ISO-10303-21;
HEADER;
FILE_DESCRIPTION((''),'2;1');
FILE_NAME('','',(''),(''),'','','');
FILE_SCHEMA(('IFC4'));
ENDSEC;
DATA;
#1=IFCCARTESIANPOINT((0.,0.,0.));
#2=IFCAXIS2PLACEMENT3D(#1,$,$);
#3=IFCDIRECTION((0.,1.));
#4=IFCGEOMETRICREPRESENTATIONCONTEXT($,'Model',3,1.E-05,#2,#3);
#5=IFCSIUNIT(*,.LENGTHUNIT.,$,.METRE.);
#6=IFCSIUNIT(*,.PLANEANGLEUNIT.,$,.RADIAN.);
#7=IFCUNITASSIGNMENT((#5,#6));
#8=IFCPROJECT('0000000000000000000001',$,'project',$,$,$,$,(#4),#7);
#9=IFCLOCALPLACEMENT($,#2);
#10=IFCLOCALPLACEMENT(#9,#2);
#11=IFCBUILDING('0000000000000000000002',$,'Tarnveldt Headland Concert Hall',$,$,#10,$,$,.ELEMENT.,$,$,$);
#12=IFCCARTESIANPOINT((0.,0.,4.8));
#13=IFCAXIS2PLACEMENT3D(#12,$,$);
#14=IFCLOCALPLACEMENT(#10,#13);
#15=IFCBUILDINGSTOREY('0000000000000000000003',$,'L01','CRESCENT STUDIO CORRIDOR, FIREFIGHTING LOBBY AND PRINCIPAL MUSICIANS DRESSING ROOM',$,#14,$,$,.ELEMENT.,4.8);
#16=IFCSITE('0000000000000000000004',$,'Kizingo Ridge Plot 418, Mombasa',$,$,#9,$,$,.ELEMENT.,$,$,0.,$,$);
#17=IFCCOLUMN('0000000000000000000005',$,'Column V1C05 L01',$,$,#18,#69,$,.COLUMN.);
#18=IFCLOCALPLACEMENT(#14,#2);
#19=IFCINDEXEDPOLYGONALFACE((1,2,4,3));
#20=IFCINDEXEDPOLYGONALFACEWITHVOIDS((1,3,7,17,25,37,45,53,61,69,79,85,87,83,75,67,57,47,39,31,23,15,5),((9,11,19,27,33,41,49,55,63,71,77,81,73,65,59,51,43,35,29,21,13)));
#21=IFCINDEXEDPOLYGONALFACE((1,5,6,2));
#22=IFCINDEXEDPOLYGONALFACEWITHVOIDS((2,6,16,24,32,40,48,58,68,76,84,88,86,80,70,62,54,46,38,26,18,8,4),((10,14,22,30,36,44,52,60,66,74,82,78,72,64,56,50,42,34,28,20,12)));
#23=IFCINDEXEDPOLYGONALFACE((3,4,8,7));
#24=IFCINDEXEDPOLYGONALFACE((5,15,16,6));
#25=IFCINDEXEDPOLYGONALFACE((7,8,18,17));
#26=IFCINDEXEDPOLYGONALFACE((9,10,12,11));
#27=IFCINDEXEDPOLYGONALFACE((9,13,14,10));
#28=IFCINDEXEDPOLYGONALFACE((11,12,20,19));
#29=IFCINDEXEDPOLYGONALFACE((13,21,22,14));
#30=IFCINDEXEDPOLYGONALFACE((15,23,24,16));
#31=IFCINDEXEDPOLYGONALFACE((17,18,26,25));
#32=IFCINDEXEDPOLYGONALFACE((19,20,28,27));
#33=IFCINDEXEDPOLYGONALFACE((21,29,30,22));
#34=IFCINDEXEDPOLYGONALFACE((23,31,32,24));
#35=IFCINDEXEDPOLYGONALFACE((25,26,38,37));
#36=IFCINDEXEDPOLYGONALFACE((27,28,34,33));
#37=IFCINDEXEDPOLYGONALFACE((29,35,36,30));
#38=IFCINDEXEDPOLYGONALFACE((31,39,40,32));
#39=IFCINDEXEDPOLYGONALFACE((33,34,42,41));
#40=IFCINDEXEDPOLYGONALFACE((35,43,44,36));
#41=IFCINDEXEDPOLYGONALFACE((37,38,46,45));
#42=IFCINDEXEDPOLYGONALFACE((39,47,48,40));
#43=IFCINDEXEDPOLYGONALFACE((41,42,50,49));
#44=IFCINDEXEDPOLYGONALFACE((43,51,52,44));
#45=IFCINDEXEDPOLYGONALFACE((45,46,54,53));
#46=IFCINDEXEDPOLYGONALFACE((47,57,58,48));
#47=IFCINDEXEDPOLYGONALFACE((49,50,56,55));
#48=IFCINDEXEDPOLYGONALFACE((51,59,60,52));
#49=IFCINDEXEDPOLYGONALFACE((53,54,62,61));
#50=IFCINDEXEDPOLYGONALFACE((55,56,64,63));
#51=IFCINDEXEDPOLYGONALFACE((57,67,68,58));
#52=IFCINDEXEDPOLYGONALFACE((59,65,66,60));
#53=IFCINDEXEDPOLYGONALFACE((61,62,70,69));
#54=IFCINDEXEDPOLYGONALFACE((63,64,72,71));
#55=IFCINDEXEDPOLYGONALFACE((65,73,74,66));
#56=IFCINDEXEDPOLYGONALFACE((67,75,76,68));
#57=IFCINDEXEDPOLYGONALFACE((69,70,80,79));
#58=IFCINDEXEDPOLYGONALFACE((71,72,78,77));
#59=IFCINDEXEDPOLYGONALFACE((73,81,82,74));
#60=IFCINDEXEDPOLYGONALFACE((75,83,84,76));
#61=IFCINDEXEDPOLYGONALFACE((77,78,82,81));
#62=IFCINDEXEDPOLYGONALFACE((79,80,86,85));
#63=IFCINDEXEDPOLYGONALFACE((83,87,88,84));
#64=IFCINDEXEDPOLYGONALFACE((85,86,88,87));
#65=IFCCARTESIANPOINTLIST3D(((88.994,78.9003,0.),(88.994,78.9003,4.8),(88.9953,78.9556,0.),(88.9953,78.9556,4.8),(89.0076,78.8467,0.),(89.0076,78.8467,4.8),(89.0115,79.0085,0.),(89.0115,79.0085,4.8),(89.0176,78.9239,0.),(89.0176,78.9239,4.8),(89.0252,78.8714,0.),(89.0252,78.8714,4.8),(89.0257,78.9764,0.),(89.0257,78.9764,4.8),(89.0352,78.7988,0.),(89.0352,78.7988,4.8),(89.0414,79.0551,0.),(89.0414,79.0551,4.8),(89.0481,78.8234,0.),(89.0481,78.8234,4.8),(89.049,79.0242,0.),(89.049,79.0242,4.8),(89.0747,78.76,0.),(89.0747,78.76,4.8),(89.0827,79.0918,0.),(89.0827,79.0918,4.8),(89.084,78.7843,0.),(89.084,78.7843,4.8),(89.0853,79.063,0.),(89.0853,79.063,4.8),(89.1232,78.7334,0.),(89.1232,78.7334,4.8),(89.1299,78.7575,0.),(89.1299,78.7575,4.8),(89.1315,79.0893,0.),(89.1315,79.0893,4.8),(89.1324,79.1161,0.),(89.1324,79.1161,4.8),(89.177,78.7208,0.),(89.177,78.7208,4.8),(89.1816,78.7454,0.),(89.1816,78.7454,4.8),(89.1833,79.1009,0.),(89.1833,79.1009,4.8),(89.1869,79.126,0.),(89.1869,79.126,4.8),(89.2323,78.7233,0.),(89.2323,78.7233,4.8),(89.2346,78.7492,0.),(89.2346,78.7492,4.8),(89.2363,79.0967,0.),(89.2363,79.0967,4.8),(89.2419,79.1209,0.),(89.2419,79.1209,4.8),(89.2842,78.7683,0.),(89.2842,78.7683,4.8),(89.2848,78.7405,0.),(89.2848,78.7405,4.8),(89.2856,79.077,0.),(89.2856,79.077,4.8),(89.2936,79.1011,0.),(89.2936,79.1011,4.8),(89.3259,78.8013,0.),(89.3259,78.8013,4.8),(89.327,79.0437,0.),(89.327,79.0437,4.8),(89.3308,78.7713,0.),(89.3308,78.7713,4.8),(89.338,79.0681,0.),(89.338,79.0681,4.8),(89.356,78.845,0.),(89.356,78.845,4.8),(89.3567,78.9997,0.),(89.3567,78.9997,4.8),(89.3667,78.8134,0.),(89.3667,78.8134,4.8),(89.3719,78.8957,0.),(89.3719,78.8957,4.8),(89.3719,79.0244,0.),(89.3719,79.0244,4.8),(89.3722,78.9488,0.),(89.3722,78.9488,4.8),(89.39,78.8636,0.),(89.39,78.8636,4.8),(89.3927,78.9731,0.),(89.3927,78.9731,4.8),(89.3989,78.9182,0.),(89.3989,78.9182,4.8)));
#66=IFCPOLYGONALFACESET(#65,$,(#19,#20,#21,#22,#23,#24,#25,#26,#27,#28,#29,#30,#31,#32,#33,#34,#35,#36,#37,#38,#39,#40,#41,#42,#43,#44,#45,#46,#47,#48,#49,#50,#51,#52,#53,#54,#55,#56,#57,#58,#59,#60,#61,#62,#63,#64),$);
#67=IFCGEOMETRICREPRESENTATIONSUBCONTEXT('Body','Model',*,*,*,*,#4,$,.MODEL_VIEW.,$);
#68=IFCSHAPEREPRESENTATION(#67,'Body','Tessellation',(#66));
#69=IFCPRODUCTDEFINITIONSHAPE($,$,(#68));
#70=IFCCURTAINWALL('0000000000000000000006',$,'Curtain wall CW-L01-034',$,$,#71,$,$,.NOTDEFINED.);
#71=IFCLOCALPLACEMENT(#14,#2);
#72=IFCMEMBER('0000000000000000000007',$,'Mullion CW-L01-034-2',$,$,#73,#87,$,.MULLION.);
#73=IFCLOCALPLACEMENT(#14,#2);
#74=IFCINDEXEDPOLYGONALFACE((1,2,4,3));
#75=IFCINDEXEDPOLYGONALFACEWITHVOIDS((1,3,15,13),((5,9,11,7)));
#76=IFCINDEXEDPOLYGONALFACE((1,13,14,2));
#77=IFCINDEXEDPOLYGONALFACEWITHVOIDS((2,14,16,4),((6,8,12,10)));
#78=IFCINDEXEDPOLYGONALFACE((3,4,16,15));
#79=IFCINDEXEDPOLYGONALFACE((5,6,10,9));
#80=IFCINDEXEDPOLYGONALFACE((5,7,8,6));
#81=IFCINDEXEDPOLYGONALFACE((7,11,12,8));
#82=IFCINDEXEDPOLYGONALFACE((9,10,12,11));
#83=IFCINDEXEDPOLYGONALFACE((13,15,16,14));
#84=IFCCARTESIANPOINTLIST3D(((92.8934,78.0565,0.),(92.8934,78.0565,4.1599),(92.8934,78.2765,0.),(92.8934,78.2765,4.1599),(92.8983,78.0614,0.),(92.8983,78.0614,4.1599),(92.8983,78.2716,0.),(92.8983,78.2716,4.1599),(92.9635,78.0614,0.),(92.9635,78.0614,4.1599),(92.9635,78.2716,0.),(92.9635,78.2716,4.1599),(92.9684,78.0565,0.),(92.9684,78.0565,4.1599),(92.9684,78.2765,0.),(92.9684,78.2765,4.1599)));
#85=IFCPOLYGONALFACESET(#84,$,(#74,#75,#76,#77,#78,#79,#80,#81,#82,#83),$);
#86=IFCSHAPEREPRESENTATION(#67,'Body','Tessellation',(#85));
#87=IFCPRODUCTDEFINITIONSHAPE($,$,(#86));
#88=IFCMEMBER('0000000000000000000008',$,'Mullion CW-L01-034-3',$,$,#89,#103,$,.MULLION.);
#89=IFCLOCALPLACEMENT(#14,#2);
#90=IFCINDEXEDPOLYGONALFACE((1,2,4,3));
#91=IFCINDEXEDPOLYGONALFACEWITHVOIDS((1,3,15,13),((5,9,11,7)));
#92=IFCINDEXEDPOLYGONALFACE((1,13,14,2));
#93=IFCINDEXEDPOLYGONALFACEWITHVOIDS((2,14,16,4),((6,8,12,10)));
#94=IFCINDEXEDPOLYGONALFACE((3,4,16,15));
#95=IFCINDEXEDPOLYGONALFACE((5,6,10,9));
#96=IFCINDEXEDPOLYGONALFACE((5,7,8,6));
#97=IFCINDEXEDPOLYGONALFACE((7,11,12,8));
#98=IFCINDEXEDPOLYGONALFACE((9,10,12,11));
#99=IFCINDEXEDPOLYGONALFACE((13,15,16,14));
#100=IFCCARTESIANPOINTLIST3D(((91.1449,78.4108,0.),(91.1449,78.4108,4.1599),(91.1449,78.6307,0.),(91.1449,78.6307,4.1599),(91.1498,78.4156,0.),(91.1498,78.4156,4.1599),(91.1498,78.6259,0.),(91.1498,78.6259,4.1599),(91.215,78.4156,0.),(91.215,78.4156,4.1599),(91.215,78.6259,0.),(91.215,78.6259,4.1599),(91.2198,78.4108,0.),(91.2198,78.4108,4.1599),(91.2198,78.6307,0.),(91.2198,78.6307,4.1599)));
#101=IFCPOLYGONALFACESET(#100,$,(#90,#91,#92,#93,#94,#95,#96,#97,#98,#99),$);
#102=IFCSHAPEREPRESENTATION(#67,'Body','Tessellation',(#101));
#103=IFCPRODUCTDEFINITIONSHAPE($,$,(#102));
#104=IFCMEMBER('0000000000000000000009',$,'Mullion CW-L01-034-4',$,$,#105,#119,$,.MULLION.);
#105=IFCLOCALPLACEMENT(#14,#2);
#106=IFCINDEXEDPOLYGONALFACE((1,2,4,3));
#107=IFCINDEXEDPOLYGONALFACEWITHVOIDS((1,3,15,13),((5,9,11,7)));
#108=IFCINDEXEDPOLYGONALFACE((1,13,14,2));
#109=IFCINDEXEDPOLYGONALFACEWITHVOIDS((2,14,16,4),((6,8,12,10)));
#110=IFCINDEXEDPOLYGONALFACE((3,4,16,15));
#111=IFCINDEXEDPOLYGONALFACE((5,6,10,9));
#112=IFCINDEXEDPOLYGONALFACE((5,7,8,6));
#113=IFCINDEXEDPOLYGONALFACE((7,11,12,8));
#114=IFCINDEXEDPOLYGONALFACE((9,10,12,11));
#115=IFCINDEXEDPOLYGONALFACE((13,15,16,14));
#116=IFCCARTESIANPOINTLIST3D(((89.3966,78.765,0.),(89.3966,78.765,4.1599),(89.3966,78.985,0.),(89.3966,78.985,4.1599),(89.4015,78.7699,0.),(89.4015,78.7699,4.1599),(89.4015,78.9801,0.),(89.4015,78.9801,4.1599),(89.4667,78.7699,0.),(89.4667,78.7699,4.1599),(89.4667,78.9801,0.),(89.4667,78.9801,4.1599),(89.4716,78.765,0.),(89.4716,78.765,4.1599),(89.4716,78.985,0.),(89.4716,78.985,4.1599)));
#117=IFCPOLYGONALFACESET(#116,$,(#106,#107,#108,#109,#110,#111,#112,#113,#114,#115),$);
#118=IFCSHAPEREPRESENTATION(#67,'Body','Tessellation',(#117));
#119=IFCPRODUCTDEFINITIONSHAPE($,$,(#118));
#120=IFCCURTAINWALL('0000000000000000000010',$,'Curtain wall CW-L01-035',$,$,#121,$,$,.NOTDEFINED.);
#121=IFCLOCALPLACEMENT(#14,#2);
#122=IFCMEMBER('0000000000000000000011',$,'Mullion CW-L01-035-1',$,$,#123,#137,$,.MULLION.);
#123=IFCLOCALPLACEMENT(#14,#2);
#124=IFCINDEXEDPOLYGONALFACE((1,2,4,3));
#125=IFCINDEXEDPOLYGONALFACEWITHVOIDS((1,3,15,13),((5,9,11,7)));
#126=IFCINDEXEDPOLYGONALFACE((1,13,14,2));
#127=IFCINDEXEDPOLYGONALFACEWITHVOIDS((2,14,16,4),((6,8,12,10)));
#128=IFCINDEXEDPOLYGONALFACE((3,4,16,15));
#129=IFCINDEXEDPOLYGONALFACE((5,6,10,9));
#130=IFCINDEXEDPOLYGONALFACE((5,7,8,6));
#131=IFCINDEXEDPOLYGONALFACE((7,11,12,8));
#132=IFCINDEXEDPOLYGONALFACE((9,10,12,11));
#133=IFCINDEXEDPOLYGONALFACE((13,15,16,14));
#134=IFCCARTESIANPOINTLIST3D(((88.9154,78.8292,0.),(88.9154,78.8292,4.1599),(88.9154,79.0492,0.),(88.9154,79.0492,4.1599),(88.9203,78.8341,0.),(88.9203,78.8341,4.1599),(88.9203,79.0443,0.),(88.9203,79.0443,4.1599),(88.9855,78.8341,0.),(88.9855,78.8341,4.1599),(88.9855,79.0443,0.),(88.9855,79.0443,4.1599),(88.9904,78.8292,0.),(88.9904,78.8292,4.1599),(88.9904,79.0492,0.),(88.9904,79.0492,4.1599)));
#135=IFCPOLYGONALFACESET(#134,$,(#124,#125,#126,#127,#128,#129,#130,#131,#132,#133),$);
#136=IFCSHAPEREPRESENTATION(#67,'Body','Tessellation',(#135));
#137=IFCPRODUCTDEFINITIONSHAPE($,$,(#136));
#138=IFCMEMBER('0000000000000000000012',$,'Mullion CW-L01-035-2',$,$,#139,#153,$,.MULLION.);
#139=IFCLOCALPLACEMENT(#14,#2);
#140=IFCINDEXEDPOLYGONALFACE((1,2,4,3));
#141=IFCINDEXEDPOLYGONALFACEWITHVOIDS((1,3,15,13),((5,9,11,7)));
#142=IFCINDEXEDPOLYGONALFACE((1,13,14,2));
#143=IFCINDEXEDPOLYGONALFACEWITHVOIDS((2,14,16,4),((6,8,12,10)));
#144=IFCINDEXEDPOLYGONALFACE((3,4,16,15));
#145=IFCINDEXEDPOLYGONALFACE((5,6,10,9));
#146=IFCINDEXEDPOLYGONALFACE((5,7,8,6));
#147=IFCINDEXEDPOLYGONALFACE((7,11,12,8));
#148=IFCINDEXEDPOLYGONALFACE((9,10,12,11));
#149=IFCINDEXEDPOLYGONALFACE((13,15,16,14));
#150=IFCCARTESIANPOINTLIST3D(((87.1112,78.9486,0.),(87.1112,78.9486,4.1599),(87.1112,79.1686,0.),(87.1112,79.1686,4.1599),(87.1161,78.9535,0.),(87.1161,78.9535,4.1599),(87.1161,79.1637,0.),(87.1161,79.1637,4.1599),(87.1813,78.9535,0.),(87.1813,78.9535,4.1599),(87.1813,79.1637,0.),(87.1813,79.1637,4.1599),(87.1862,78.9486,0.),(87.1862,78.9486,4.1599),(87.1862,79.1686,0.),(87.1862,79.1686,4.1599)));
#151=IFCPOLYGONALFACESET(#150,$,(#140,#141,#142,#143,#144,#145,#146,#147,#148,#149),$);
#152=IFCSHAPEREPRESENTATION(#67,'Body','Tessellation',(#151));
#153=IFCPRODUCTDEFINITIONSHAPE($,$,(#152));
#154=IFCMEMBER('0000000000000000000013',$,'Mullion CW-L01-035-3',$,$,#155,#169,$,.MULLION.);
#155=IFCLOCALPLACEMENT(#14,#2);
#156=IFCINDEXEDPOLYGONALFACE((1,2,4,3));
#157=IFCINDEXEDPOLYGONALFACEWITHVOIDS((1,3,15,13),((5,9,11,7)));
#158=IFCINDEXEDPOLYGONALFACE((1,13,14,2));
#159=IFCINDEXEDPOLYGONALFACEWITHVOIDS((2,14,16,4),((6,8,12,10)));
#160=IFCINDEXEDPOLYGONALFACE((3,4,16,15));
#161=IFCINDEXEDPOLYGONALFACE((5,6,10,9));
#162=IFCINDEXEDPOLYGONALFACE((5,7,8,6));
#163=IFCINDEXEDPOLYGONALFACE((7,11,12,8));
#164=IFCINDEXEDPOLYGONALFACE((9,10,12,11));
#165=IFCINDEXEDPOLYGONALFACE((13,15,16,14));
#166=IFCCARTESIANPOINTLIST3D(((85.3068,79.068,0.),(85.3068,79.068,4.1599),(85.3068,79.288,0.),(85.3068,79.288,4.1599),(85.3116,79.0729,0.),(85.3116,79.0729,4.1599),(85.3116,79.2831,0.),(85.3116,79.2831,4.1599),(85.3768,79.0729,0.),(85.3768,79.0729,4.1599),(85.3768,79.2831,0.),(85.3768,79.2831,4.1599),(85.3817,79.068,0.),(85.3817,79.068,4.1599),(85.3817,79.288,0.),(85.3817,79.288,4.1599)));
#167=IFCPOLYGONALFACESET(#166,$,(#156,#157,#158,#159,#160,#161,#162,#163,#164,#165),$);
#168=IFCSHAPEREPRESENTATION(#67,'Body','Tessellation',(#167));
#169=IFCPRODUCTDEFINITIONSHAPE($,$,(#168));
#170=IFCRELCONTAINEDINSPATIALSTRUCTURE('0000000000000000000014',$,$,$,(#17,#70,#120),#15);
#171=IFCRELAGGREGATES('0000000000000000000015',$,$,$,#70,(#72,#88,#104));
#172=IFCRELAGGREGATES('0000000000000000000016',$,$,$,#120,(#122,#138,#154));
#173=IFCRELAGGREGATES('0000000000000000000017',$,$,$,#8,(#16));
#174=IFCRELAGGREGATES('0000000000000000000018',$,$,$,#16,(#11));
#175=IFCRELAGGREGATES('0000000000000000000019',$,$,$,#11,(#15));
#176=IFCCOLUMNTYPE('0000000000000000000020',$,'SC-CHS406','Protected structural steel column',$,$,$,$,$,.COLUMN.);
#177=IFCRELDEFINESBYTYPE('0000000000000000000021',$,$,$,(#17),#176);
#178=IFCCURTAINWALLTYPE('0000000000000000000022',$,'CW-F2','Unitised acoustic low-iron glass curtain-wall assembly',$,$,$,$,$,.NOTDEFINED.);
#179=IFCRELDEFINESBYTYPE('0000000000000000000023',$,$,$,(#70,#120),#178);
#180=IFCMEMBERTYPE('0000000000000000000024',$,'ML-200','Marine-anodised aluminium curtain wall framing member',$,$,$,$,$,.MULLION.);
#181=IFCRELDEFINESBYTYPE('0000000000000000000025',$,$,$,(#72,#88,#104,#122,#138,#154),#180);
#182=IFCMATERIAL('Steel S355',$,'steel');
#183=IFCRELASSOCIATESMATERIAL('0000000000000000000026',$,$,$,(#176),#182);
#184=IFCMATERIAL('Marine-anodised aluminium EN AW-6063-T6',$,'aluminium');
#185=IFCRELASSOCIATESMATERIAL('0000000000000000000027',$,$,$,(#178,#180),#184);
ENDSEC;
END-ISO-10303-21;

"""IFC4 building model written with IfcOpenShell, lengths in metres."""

from ifc_helpers import new_model, si_unit, direction, frame, origin, origin_2d, place, context, subcontext, project, spatial, hollow_rectangle, hollow_circle, extrude, material, material_profile, profile_set, type_object, element, aggregate, save


model = new_model("IFC4")

# Units and contexts
model_context = context("Model", 3, precision=1e-05, world=origin(), true_north=direction((0.0, 1.0)))
body_context = subcontext(model_context, "Body", "Model", "MODEL_VIEW")
ifc_project = project(units=[si_unit("LENGTHUNIT", "METRE"), si_unit("PLANEANGLEUNIT", "RADIAN")], contexts=[model_context])

# Site, building, storey
site_placement = place(None, origin())
site = spatial("IfcSite", under=ifc_project, at=site_placement, Name="Kizingo Ridge Plot 418, Mombasa", CompositionType="ELEMENT", RefElevation=0.0)
building_placement = place(site_placement, origin())
building = spatial("IfcBuilding", under=site, at=building_placement, Name="Tarnveldt Headland Concert Hall", CompositionType="ELEMENT")
storey_placement = place(building_placement, frame((0.0, 0.0, 4.8)))
storey = spatial("IfcBuildingStorey", under=building, at=storey_placement, Name="L01", Description="CRESCENT STUDIO CORRIDOR, FIREFIGHTING LOBBY AND PRINCIPAL MUSICIANS DRESSING ROOM", CompositionType="ELEMENT", Elevation=4.8)

# Column
ifc_material_1 = material(Name="Steel S355", Category="steel")
ifc_material_profile_1 = material_profile(ifc_material_1, hollow_circle(Radius=0.2031, WallThickness=0.0249, at=origin_2d()), Name="CHS 406.4x25", Category="steel")
ifc_profile_set_1 = profile_set([ifc_material_profile_1], Name="Steel S355")
column_type = type_object("IfcColumnType", Name="SC-CHS406", Description="Protected structural steel column", PredefinedType="COLUMN", material=ifc_profile_set_1)
column_placement = place(storey_placement, frame((89.1958, 78.9231, 0.0), z_axis=(0.0, 0.0, 1.0), x_axis=(0.227161, 0.973857, 0.0)))
element("IfcColumn", 1, at=column_placement, inside=storey, type_object=column_type, Name="Column V1C05 L01", PredefinedType="COLUMN", context=body_context, shape_type="SweptSolid", body=[
    extrude(hollow_circle(Radius=0.2031, WallThickness=0.0249, at=origin_2d()), origin(), (0.0, 0.0, 1.0), 4.8),
])

# Curtain walls, members
ifc_material_2 = material(Name="Marine-anodised aluminium EN AW-6063-T6", Category="aluminium")
curtain_wall_type = type_object("IfcCurtainWallType", Name="CW-F2", Description="Unitised acoustic low-iron glass curtain-wall assembly", PredefinedType="NOTDEFINED", material=ifc_material_2)
curtain_wall_1_placement = place(storey_placement, origin())
curtain_wall_1 = element("IfcCurtainWall", 2, at=curtain_wall_1_placement, inside=storey, type_object=curtain_wall_type, Name="Curtain wall CW-L01-034", PredefinedType="NOTDEFINED")
ifc_material_profile_2 = material_profile(ifc_material_2, hollow_rectangle(XDim=0.075, YDim=0.22, WallThickness=0.0049, at=origin_2d()), Name="ALU MULLION 75x220x5", Category="aluminium")
ifc_profile_set_2 = profile_set([ifc_material_profile_2], Name="Marine-anodised aluminium EN AW-6063-T6")
member_type_1 = type_object("IfcMemberType", Name="ML-200", Description="Marine-anodised aluminium curtain wall framing member", PredefinedType="MULLION", material=ifc_profile_set_2)
member_1_placement = place(storey_placement, frame((92.9309, 78.1665, 0.0), z_axis=(0.0, 0.0, 1.0), x_axis=(1.0, 0.0, 0.0)))
member_1 = element("IfcMember", 3, at=member_1_placement, type_object=member_type_1, Name="Mullion CW-L01-034-2", PredefinedType="MULLION", context=body_context, shape_type="SweptSolid", body=[
    extrude(hollow_rectangle(XDim=0.075, YDim=0.22, WallThickness=0.0049, at=origin_2d()), origin(), (0.0, 0.0, 1.0), 4.1599),
])
member_2_placement = place(storey_placement, frame((91.1824, 78.5208, 0.0), z_axis=(0.0, 0.0, 1.0), x_axis=(1.0, 0.0, 0.0)))
member_2 = element("IfcMember", 4, at=member_2_placement, type_object=member_type_1, Name="Mullion CW-L01-034-3", PredefinedType="MULLION", context=body_context, shape_type="SweptSolid", body=[
    extrude(hollow_rectangle(XDim=0.075, YDim=0.22, WallThickness=0.0049, at=origin_2d()), origin(), (0.0, 0.0, 1.0), 4.1599),
])
member_3_placement = place(storey_placement, frame((89.4341, 78.875, 0.0), z_axis=(0.0, 0.0, 1.0), x_axis=(1.0, 0.0, 0.0)))
member_3 = element("IfcMember", 5, at=member_3_placement, type_object=member_type_1, Name="Mullion CW-L01-034-4", PredefinedType="MULLION", context=body_context, shape_type="SweptSolid", body=[
    extrude(hollow_rectangle(XDim=0.075, YDim=0.22, WallThickness=0.0049, at=origin_2d()), origin(), (0.0, 0.0, 1.0), 4.1599),
])
curtain_wall_2_placement = place(storey_placement, origin())
curtain_wall_2 = element("IfcCurtainWall", 6, at=curtain_wall_2_placement, inside=storey, type_object=curtain_wall_type, Name="Curtain wall CW-L01-035", PredefinedType="NOTDEFINED")
member_4_placement = place(storey_placement, frame((88.9529, 78.9392, 0.0), z_axis=(0.0, 0.0, 1.0), x_axis=(1.0, 0.0, 0.0)))
member_4 = element("IfcMember", 7, at=member_4_placement, type_object=member_type_1, Name="Mullion CW-L01-035-1", PredefinedType="MULLION", context=body_context, shape_type="SweptSolid", body=[
    extrude(hollow_rectangle(XDim=0.075, YDim=0.22, WallThickness=0.0049, at=origin_2d()), origin(), (0.0, 0.0, 1.0), 4.1599),
])
member_5_placement = place(storey_placement, frame((87.1487, 79.0586, 0.0), z_axis=(0.0, 0.0, 1.0), x_axis=(1.0, 0.0, 0.0)))
member_5 = element("IfcMember", 8, at=member_5_placement, type_object=member_type_1, Name="Mullion CW-L01-035-2", PredefinedType="MULLION", context=body_context, shape_type="SweptSolid", body=[
    extrude(hollow_rectangle(XDim=0.075, YDim=0.22, WallThickness=0.0049, at=origin_2d()), origin(), (0.0, 0.0, 1.0), 4.1599),
])
member_6_placement = place(storey_placement, frame((85.3442, 79.178, 0.0), z_axis=(0.0, 0.0, 1.0), x_axis=(1.0, 0.0, 0.0)))
member_6 = element("IfcMember", 9, at=member_6_placement, type_object=member_type_1, Name="Mullion CW-L01-035-3", PredefinedType="MULLION", context=body_context, shape_type="SweptSolid", body=[
    extrude(hollow_rectangle(XDim=0.075, YDim=0.22, WallThickness=0.0049, at=origin_2d()), origin(), (0.0, 0.0, 1.0), 4.1599),
])

aggregate(curtain_wall_1, [member_1, member_2, member_3])
aggregate(curtain_wall_2, [member_4, member_5, member_6])

save(model, "model.ifc")
